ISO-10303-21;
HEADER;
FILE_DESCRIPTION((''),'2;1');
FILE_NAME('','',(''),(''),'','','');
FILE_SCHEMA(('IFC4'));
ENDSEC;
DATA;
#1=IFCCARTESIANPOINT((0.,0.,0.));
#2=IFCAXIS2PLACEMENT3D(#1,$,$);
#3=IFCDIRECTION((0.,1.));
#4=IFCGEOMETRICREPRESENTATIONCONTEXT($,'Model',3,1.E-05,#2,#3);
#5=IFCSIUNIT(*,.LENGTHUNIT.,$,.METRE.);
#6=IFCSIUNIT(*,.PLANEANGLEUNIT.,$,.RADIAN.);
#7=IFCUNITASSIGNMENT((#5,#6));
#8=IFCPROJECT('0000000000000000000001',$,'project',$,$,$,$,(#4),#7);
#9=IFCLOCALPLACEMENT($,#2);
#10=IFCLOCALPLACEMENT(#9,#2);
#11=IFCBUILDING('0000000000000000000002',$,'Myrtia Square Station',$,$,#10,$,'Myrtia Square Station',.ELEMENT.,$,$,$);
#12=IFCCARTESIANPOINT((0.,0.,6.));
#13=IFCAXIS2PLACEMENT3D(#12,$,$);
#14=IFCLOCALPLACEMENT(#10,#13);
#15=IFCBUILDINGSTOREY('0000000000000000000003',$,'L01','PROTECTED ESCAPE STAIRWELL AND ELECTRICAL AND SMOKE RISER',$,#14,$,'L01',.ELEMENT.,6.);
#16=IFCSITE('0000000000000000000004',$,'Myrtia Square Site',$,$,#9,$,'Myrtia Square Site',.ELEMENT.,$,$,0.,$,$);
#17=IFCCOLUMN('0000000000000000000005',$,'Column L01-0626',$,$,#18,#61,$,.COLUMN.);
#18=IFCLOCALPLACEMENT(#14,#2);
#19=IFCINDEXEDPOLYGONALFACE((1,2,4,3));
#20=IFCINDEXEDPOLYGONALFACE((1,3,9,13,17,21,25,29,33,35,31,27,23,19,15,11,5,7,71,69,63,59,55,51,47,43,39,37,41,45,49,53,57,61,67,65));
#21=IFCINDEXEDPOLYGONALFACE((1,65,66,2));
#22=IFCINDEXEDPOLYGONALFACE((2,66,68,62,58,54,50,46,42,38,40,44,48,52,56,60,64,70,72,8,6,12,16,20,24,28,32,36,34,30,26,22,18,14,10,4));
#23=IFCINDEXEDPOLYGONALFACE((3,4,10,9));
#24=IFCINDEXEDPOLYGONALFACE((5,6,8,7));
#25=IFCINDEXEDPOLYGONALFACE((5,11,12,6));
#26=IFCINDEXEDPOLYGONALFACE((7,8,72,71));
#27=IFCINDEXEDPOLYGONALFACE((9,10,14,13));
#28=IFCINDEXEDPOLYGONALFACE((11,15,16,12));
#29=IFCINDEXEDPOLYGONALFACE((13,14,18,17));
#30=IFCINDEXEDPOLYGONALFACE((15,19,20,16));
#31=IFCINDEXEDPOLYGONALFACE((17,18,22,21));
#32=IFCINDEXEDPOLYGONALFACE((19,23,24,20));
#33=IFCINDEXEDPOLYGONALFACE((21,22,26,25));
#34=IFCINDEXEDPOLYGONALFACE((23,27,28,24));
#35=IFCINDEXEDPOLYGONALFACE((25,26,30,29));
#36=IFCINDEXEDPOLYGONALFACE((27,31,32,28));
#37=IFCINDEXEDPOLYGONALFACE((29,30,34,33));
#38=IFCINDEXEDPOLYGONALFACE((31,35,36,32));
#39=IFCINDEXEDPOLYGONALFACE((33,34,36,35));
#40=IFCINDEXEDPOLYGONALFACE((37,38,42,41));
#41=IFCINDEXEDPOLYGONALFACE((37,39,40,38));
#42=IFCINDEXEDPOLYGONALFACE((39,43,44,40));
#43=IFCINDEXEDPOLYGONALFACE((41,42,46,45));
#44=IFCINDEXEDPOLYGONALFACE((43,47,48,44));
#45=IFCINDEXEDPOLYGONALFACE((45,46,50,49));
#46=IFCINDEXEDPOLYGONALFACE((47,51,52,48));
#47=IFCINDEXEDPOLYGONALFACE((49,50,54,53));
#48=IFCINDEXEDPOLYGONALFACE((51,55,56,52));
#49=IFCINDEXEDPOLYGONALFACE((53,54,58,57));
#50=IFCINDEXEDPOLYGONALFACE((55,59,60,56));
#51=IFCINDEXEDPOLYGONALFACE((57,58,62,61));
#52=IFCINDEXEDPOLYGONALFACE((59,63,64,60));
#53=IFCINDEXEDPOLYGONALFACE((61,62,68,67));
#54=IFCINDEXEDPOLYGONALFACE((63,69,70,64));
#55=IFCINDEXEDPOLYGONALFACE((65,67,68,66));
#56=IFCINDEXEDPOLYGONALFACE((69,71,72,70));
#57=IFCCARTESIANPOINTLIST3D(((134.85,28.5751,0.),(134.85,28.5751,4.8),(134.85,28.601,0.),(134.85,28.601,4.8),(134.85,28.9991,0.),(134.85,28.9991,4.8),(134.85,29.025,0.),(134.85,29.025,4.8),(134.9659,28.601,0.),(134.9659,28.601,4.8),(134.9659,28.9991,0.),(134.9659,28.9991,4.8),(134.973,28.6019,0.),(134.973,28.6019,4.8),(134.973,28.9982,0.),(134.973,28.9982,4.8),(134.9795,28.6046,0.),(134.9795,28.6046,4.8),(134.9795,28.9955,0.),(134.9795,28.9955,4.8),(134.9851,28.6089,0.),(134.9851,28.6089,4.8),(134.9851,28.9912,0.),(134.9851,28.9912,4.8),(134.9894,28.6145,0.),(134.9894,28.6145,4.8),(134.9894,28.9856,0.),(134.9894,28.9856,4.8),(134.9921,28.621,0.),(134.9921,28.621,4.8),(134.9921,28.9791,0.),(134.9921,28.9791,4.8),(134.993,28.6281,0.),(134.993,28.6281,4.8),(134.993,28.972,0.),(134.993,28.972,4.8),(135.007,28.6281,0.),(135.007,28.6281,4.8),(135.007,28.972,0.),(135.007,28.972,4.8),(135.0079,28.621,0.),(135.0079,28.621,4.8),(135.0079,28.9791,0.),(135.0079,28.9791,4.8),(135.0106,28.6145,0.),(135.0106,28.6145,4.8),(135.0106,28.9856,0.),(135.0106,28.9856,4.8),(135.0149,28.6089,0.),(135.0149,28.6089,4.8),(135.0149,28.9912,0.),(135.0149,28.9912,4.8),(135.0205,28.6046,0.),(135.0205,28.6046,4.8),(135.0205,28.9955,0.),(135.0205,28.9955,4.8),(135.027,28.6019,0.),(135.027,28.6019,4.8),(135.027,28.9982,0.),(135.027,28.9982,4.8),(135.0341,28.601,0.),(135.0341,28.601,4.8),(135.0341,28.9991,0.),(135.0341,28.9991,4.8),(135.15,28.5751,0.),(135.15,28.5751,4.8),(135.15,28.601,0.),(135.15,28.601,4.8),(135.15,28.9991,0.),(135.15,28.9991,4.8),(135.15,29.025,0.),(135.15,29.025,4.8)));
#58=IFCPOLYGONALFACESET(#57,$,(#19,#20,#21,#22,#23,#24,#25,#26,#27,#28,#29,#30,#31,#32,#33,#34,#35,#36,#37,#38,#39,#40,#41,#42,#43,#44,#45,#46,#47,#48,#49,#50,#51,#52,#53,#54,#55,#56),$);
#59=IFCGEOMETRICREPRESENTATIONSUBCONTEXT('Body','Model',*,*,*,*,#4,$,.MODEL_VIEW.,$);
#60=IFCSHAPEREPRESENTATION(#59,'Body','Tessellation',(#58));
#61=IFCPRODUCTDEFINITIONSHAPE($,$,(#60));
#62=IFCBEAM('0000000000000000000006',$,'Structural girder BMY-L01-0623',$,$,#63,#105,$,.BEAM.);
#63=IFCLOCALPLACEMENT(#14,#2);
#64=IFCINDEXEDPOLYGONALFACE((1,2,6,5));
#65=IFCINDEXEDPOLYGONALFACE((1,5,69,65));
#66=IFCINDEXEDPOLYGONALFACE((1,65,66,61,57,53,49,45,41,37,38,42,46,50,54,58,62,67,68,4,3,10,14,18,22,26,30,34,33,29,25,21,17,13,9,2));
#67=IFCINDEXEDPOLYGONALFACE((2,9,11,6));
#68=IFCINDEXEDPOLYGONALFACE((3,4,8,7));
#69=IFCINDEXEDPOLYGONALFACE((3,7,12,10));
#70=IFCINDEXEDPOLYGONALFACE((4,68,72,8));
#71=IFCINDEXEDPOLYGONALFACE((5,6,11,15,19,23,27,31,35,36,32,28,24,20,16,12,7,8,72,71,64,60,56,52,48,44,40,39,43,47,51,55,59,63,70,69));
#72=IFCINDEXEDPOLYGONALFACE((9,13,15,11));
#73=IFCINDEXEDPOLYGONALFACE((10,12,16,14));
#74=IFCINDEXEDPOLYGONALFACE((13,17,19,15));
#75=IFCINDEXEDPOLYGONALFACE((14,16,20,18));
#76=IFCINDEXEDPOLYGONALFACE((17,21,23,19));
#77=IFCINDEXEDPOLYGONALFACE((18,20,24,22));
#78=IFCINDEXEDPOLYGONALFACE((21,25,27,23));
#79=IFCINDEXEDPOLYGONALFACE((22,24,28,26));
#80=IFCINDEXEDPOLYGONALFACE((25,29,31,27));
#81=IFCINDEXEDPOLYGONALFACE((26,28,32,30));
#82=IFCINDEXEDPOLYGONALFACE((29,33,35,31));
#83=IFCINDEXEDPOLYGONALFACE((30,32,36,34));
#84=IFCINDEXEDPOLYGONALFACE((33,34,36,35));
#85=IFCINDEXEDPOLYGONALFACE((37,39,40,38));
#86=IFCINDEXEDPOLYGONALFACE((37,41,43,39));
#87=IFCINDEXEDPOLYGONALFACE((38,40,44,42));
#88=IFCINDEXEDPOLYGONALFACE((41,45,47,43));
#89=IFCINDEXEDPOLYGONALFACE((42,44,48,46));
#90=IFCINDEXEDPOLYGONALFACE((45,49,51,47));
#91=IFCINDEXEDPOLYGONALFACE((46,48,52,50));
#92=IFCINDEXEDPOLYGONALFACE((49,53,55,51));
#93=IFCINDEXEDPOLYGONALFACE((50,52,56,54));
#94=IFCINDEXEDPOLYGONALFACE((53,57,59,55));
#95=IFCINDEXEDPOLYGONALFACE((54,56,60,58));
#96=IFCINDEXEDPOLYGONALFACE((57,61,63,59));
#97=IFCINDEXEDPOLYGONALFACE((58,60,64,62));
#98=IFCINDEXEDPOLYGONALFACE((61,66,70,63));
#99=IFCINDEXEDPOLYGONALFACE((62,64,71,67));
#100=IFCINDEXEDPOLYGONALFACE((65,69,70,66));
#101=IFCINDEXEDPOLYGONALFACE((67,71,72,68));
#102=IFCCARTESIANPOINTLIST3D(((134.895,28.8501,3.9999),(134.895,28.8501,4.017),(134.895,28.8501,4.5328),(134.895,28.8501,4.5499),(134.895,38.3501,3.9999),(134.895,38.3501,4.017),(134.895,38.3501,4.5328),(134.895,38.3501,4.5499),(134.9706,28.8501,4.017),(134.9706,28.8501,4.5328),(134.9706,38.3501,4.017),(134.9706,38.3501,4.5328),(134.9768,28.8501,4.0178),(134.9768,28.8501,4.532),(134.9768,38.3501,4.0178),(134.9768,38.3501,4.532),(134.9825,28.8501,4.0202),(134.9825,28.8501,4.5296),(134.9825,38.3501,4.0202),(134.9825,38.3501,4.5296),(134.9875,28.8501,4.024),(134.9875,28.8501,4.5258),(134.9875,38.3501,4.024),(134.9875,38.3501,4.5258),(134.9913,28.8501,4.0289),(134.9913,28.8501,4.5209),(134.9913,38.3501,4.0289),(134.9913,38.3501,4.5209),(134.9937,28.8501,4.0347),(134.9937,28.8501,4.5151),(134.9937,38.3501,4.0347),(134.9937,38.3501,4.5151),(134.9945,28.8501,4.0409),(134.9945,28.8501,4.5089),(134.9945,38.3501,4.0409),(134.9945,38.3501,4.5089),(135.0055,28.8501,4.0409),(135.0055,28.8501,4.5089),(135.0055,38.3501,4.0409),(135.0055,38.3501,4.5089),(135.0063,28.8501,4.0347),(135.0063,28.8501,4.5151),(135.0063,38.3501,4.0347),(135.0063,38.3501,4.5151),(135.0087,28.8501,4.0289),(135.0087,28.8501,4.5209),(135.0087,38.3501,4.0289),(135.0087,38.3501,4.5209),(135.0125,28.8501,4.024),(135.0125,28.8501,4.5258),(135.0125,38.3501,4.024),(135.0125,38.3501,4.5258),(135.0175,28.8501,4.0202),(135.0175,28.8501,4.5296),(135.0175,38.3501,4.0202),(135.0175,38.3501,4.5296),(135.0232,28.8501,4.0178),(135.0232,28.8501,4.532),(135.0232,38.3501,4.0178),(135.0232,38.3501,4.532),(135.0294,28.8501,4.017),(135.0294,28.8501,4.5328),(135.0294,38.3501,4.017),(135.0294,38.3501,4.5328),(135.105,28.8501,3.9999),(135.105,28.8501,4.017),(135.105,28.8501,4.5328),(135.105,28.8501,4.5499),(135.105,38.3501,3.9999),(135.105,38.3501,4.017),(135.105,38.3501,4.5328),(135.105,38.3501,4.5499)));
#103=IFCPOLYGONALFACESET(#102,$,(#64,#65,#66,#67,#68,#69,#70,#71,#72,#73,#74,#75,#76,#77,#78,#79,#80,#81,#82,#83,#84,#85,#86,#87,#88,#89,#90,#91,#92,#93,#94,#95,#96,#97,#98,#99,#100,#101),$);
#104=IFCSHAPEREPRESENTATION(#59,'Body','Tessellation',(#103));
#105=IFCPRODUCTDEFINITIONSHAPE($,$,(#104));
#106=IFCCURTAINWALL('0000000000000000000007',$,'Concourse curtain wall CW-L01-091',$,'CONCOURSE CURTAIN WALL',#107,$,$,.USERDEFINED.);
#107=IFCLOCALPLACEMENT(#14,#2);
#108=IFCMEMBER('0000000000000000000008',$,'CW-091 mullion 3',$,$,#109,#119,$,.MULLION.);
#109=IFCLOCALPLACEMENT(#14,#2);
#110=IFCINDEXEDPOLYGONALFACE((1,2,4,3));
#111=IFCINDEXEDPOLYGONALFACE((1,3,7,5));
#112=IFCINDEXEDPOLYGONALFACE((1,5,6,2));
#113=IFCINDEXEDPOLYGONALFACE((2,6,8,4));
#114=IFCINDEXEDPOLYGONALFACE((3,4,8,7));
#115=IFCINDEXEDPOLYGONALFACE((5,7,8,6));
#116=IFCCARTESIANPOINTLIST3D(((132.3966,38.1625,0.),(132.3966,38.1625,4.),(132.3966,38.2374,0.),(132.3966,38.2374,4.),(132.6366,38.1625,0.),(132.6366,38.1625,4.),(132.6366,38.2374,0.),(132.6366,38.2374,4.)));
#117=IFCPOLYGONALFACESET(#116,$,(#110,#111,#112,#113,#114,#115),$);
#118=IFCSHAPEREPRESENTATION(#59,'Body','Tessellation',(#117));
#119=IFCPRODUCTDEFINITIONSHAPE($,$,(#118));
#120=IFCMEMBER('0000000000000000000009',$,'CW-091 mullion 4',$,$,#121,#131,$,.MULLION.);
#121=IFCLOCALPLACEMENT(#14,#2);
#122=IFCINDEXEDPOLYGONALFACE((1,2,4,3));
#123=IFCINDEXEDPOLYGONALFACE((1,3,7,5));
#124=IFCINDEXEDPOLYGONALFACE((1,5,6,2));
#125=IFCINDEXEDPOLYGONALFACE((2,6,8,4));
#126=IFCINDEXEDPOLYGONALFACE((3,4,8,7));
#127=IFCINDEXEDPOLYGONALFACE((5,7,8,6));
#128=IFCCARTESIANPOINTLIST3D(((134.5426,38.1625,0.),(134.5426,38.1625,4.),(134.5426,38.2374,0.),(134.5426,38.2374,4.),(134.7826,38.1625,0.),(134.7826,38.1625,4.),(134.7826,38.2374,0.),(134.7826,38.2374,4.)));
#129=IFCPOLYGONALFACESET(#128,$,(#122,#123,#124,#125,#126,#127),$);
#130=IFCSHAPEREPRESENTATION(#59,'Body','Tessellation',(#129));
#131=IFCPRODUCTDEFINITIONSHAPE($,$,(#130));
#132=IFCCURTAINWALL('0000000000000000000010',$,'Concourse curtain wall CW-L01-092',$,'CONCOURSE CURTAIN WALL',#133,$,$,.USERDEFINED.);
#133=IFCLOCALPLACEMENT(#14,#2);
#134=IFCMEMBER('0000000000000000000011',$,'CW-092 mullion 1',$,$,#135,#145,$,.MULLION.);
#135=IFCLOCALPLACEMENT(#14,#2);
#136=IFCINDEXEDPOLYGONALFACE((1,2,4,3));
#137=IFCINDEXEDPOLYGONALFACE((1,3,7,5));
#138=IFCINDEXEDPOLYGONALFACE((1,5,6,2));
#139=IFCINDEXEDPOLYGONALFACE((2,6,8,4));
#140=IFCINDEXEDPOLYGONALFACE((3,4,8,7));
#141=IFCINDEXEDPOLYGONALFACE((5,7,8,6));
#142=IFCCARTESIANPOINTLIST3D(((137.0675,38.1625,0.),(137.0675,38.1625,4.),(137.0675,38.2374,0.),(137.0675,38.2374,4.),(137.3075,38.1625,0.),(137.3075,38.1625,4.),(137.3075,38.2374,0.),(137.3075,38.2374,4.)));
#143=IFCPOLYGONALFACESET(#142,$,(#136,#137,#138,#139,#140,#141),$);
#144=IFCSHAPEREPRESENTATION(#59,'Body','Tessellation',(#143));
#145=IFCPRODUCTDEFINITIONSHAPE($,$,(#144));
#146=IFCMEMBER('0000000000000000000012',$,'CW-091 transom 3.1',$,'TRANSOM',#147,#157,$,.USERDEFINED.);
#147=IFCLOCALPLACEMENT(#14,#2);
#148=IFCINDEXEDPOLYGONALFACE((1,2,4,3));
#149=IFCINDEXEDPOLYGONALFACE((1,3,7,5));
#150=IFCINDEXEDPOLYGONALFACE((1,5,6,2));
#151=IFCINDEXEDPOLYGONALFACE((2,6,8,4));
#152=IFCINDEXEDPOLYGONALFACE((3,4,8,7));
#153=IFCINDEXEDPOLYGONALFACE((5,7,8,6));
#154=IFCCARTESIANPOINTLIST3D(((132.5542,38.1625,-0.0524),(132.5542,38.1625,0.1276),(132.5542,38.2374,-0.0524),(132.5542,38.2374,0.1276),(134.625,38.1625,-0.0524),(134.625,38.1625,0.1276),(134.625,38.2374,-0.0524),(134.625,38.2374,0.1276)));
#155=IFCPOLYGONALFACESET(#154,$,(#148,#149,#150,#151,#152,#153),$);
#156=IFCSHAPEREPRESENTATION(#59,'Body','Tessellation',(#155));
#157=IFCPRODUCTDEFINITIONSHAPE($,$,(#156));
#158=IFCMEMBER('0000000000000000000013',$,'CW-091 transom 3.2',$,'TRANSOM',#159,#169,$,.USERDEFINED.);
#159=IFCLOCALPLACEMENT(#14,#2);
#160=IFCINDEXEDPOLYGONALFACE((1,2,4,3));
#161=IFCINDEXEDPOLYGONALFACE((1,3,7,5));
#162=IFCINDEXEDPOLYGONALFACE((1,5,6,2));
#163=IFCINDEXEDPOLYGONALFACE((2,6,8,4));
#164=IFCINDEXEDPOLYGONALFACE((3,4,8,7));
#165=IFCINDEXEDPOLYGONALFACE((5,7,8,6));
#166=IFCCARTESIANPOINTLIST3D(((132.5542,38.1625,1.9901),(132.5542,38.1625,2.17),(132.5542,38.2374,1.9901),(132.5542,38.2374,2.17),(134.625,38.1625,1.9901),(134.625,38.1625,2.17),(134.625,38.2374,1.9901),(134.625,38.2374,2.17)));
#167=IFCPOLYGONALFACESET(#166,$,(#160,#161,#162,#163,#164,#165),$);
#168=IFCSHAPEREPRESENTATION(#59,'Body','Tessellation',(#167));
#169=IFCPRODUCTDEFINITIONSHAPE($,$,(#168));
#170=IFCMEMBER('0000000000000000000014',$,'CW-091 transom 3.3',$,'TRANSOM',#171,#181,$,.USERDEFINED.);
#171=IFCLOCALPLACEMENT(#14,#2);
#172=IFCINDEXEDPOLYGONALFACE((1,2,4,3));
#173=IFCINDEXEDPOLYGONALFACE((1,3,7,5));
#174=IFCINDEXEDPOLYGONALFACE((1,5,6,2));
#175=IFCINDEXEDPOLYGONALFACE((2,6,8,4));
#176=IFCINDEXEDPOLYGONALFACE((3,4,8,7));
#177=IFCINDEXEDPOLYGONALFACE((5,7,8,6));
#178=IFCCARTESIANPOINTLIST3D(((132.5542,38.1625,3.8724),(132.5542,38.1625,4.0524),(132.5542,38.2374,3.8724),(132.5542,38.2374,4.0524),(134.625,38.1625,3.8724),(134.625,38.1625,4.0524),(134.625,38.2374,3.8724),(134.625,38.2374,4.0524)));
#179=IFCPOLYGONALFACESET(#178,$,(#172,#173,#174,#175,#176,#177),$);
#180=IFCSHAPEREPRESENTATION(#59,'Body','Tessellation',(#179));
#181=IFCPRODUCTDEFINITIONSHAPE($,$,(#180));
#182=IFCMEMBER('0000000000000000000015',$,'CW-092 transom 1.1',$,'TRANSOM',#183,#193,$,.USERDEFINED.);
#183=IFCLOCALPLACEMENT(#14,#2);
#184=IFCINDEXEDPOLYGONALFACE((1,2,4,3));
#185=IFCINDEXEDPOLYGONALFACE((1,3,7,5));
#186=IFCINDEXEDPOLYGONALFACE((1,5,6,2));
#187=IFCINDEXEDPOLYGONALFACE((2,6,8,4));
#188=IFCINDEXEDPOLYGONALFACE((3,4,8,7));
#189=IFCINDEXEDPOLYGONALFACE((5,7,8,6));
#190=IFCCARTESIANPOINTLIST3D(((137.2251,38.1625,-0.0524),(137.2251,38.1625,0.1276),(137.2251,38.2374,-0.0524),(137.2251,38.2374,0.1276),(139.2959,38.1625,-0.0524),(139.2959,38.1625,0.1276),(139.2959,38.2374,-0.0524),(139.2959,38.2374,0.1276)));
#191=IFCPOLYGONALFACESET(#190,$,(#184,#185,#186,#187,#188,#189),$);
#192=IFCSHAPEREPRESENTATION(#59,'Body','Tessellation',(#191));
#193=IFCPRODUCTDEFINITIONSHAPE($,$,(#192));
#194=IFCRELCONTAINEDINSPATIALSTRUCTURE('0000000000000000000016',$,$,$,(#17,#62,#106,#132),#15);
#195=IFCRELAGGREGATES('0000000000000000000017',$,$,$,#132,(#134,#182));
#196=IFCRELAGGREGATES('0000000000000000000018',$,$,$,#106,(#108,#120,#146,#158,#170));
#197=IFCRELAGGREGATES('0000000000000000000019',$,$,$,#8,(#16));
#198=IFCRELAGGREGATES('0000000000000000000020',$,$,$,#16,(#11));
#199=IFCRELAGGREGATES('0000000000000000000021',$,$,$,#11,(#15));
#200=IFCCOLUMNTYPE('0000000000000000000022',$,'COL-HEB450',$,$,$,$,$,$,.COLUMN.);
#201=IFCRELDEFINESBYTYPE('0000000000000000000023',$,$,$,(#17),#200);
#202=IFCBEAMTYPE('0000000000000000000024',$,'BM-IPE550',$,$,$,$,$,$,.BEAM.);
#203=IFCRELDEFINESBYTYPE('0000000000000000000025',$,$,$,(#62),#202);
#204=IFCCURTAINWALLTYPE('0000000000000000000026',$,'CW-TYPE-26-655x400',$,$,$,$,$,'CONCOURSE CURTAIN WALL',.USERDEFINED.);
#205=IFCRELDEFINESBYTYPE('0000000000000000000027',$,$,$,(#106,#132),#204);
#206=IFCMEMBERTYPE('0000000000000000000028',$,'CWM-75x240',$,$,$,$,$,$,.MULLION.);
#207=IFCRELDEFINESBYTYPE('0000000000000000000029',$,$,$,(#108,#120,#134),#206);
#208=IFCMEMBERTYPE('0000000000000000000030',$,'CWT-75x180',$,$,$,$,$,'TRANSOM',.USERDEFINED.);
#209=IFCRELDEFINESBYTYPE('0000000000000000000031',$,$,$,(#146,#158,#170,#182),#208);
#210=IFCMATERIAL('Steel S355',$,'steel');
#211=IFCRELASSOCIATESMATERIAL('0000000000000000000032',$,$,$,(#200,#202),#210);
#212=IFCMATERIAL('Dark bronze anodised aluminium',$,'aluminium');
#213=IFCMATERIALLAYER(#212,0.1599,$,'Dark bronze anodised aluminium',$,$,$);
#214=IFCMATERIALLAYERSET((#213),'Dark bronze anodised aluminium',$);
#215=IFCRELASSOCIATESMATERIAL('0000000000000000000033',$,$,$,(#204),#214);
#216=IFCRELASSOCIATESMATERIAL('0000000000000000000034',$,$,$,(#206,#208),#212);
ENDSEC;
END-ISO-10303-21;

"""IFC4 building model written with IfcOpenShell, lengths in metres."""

from ifc_helpers import new_model, si_unit, direction, frame, origin, origin_2d, place, context, subcontext, project, spatial, rectangle, i_section, extrude, material, layer, layer_set, material_profile, profile_set, type_object, element, aggregate, save


model = new_model("IFC4")

# Units and contexts
model_context = context("Model", 3, precision=1e-05, world=origin(), true_north=direction((0.0, 1.0)))
body_context = subcontext(model_context, "Body", "Model", "MODEL_VIEW")
ifc_project = project(units=[si_unit("LENGTHUNIT", "METRE"), si_unit("PLANEANGLEUNIT", "RADIAN")], contexts=[model_context])

# Site, building, storey
site_placement = place(None, origin())
site = spatial("IfcSite", under=ifc_project, at=site_placement, Name="Myrtia Square Site", LongName="Myrtia Square Site", CompositionType="ELEMENT", RefElevation=0.0)
building_placement = place(site_placement, origin())
building = spatial("IfcBuilding", under=site, at=building_placement, Name="Myrtia Square Station", LongName="Myrtia Square Station", CompositionType="ELEMENT")
storey_placement = place(building_placement, frame((0.0, 0.0, 6.0)))
storey = spatial("IfcBuildingStorey", under=building, at=storey_placement, Name="L01", Description="PROTECTED ESCAPE STAIRWELL AND ELECTRICAL AND SMOKE RISER", LongName="L01", CompositionType="ELEMENT", Elevation=6.0)

# Column
ifc_material_1 = material(Name="Steel S355", Category="steel")
ifc_material_profile_1 = material_profile(ifc_material_1, i_section(OverallWidth=0.3, OverallDepth=0.45, WebThickness=0.0139, FlangeThickness=0.0259, FilletRadius=0.0271, at=origin_2d()), Name="HEB 450")
ifc_profile_set_1 = profile_set([ifc_material_profile_1], Name="Steel S355")
column_type = type_object("IfcColumnType", Name="COL-HEB450", PredefinedType="COLUMN", material=ifc_profile_set_1)
column_placement = place(storey_placement, frame((135.0, 28.8, 0.0), z_axis=(0.0, 0.0, 1.0), x_axis=(1.0, 0.0, 0.0)))
element("IfcColumn", 1, at=column_placement, inside=storey, type_object=column_type, Name="Column L01-0626", PredefinedType="COLUMN", context=body_context, shape_type="SweptSolid", body=[
    extrude(i_section(OverallWidth=0.3, OverallDepth=0.45, WebThickness=0.0139, FlangeThickness=0.0259, FilletRadius=0.0271, at=origin_2d()), origin(), (0.0, 0.0, 1.0), 4.8),
])

# Beam
ifc_material_profile_2 = material_profile(ifc_material_1, i_section(OverallWidth=0.21, OverallDepth=0.55, WebThickness=0.011, FlangeThickness=0.0171, FilletRadius=0.0239, at=origin_2d()), Name="IPE 550")
ifc_profile_set_2 = profile_set([ifc_material_profile_2], Name="Steel S355")
beam_type = type_object("IfcBeamType", Name="BM-IPE550", PredefinedType="BEAM", material=ifc_profile_set_2)
beam_placement = place(storey_placement, frame((135.0, 28.8501, 4.2749), z_axis=(0.0, 1.0, 0.0), x_axis=(-1.0, 0.0, 0.0)))
element("IfcBeam", 2, at=beam_placement, inside=storey, type_object=beam_type, Name="Structural girder BMY-L01-0623", PredefinedType="BEAM", context=body_context, shape_type="SweptSolid", body=[
    extrude(i_section(OverallWidth=0.21, OverallDepth=0.55, WebThickness=0.011, FlangeThickness=0.0171, FilletRadius=0.0239, at=origin_2d()), origin(), (0.0, 0.0, 1.0), 9.5),
])

# Curtain wall, members
ifc_material_2 = material(Name="Dark bronze anodised aluminium", Category="aluminium")
ifc_layer_1 = layer(ifc_material_2, 0.1599, Name="Dark bronze anodised aluminium")
ifc_layer_set_1 = layer_set([ifc_layer_1], Name="Dark bronze anodised aluminium")
curtain_wall_type = type_object("IfcCurtainWallType", Name="CW-TYPE-26-655x400", ElementType="CONCOURSE CURTAIN WALL", PredefinedType="USERDEFINED", material=ifc_layer_set_1)
curtain_wall_1_placement = place(storey_placement, origin())
curtain_wall_1 = element("IfcCurtainWall", 3, at=curtain_wall_1_placement, inside=storey, type_object=curtain_wall_type, Name="Concourse curtain wall CW-L01-091", ObjectType="CONCOURSE CURTAIN WALL", PredefinedType="USERDEFINED")
ifc_material_profile_3 = material_profile(ifc_material_2, rectangle(XDim=0.075, YDim=0.24, at=origin_2d()), Name="ALU-M 75x240")
ifc_profile_set_3 = profile_set([ifc_material_profile_3], Name="Dark bronze anodised aluminium")
member_type_1 = type_object("IfcMemberType", Name="CWM-75x240", PredefinedType="MULLION", material=ifc_profile_set_3)
member_1_placement = place(storey_placement, frame((132.5166, 38.2, 0.0), z_axis=(0.0, 0.0, 1.0), x_axis=(0.0, 1.0, 0.0)))
member_1 = element("IfcMember", 4, at=member_1_placement, type_object=member_type_1, Name="CW-091 mullion 3", PredefinedType="MULLION", context=body_context, shape_type="SweptSolid", body=[
    extrude(rectangle(XDim=0.075, YDim=0.24, at=origin_2d()), origin(), (0.0, 0.0, 1.0), 4.0),
])
member_2_placement = place(storey_placement, frame((134.6626, 38.2, 0.0), z_axis=(0.0, 0.0, 1.0), x_axis=(0.0, 1.0, 0.0)))
member_2 = element("IfcMember", 5, at=member_2_placement, type_object=member_type_1, Name="CW-091 mullion 4", PredefinedType="MULLION", context=body_context, shape_type="SweptSolid", body=[
    extrude(rectangle(XDim=0.075, YDim=0.24, at=origin_2d()), origin(), (0.0, 0.0, 1.0), 4.0),
])

# Curtain wall, member
curtain_wall_2_placement = place(storey_placement, origin())
curtain_wall_2 = element("IfcCurtainWall", 6, at=curtain_wall_2_placement, inside=storey, type_object=curtain_wall_type, Name="Concourse curtain wall CW-L01-092", ObjectType="CONCOURSE CURTAIN WALL", PredefinedType="USERDEFINED")
member_3_placement = place(storey_placement, frame((137.1875, 38.2, 0.0), z_axis=(0.0, 0.0, 1.0), x_axis=(0.0, 1.0, 0.0)))
member_3 = element("IfcMember", 7, at=member_3_placement, type_object=member_type_1, Name="CW-092 mullion 1", PredefinedType="MULLION", context=body_context, shape_type="SweptSolid", body=[
    extrude(rectangle(XDim=0.075, YDim=0.24, at=origin_2d()), origin(), (0.0, 0.0, 1.0), 4.0),
])

# Members
ifc_material_profile_4 = material_profile(ifc_material_2, rectangle(XDim=0.075, YDim=0.1799, at=origin_2d()), Name="ALU-T 75x180")
ifc_profile_set_4 = profile_set([ifc_material_profile_4], Name="Dark bronze anodised aluminium")
member_type_2 = type_object("IfcMemberType", Name="CWT-75x180", ElementType="TRANSOM", PredefinedType="USERDEFINED", material=ifc_profile_set_4)
member_4_placement = place(storey_placement, frame((132.5542, 38.2, 0.0376), z_axis=(1.0, 0.0, 0.0), x_axis=(0.0, 1.0, 0.0)))
member_4 = element("IfcMember", 8, at=member_4_placement, type_object=member_type_2, Name="CW-091 transom 3.1", ObjectType="TRANSOM", PredefinedType="USERDEFINED", context=body_context, shape_type="SweptSolid", body=[
    extrude(rectangle(XDim=0.075, YDim=0.1799, at=origin_2d()), origin(), (0.0, 0.0, 1.0), 2.0708),
])
member_5_placement = place(storey_placement, frame((132.5542, 38.2, 2.0801), z_axis=(1.0, 0.0, 0.0), x_axis=(0.0, 1.0, 0.0)))
member_5 = element("IfcMember", 9, at=member_5_placement, type_object=member_type_2, Name="CW-091 transom 3.2", ObjectType="TRANSOM", PredefinedType="USERDEFINED", context=body_context, shape_type="SweptSolid", body=[
    extrude(rectangle(XDim=0.075, YDim=0.1799, at=origin_2d()), origin(), (0.0, 0.0, 1.0), 2.0708),
])
member_6_placement = place(storey_placement, frame((132.5542, 38.2, 3.9624), z_axis=(1.0, 0.0, 0.0), x_axis=(0.0, 1.0, 0.0)))
member_6 = element("IfcMember", 10, at=member_6_placement, type_object=member_type_2, Name="CW-091 transom 3.3", ObjectType="TRANSOM", PredefinedType="USERDEFINED", context=body_context, shape_type="SweptSolid", body=[
    extrude(rectangle(XDim=0.075, YDim=0.1799, at=origin_2d()), origin(), (0.0, 0.0, 1.0), 2.0708),
])
member_7_placement = place(storey_placement, frame((137.2251, 38.2, 0.0376), z_axis=(1.0, 0.0, 0.0), x_axis=(0.0, 1.0, 0.0)))
member_7 = element("IfcMember", 11, at=member_7_placement, type_object=member_type_2, Name="CW-092 transom 1.1", ObjectType="TRANSOM", PredefinedType="USERDEFINED", context=body_context, shape_type="SweptSolid", body=[
    extrude(rectangle(XDim=0.075, YDim=0.1799, at=origin_2d()), origin(), (0.0, 0.0, 1.0), 2.0708),
])
aggregate(curtain_wall_2, [member_3, member_7])

aggregate(curtain_wall_1, [member_1, member_2, member_4, member_5, member_6])

save(model, "model.ifc")
